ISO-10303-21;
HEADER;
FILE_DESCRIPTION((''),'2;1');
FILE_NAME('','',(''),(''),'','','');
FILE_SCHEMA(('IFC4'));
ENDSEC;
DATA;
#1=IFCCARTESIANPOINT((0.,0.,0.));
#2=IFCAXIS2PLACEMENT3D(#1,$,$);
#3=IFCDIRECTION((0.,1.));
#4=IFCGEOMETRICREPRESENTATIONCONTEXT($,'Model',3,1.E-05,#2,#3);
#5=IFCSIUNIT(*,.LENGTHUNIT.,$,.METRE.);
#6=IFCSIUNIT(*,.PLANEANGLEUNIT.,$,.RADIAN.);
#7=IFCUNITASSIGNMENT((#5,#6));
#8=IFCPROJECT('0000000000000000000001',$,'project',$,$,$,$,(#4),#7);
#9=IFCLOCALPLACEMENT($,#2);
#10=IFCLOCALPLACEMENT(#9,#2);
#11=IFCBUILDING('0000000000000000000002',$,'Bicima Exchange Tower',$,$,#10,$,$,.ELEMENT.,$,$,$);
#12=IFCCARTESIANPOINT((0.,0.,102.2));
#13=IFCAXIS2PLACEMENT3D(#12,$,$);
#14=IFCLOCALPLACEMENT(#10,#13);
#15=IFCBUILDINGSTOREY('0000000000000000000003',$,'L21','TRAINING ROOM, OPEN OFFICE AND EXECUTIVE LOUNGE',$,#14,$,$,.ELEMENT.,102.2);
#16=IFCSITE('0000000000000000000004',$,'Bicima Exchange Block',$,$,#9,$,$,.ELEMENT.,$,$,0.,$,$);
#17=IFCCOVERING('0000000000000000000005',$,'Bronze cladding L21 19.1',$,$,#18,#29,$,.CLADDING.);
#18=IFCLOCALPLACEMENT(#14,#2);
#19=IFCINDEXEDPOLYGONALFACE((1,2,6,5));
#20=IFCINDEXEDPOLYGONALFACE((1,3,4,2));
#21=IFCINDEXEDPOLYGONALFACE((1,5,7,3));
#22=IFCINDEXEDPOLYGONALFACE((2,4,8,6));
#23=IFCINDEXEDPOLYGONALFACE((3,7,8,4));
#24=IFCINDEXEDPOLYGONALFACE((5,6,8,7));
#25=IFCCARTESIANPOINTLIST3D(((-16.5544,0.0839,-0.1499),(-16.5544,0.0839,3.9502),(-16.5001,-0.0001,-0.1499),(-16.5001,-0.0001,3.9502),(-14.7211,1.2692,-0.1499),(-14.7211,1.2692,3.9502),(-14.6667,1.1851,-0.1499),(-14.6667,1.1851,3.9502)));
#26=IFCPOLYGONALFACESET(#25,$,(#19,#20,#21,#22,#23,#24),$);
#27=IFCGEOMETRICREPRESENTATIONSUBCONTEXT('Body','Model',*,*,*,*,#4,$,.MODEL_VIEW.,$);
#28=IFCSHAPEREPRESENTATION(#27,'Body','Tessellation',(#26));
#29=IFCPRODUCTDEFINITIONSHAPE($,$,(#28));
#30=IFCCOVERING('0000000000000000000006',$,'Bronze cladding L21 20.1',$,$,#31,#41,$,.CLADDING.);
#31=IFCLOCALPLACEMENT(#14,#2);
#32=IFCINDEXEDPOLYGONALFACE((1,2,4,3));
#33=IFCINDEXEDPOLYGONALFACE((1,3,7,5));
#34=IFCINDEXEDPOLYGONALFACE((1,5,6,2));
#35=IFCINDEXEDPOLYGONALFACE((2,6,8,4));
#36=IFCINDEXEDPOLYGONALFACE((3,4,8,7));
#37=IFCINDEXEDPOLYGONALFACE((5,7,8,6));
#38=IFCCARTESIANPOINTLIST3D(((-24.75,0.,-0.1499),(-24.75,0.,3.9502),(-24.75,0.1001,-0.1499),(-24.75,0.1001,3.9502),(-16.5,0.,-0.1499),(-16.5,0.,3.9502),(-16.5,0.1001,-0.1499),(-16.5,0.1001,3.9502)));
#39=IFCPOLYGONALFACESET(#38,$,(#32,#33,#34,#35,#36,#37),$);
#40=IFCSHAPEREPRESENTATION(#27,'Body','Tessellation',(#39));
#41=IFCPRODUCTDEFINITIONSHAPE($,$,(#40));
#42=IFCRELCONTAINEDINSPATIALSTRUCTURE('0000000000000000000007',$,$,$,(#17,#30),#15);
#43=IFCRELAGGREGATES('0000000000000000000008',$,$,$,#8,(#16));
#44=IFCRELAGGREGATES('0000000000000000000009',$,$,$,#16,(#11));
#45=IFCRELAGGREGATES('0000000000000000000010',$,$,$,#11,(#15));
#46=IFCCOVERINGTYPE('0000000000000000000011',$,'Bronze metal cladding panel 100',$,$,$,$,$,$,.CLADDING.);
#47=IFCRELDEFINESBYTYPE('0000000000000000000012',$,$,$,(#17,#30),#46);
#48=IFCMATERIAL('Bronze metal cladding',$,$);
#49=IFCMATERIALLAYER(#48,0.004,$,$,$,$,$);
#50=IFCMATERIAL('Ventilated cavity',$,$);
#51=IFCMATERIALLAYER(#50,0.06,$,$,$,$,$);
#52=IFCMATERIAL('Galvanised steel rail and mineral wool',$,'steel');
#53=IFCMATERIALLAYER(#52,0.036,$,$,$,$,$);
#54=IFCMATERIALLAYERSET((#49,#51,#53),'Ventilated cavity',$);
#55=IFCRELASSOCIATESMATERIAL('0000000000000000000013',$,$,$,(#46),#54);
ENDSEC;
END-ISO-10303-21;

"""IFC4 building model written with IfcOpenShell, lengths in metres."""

from ifc_helpers import new_model, si_unit, direction, frame, origin, origin_2d, place, context, subcontext, project, spatial, rectangle, extrude, material, layer, layer_set, type_object, element, save


model = new_model("IFC4")

# Units and contexts
model_context = context("Model", 3, precision=1e-05, world=origin(), true_north=direction((0.0, 1.0)))
body_context = subcontext(model_context, "Body", "Model", "MODEL_VIEW")
ifc_project = project(units=[si_unit("LENGTHUNIT", "METRE"), si_unit("PLANEANGLEUNIT", "RADIAN")], contexts=[model_context])

# Site, building, storey
site_placement = place(None, origin())
site = spatial("IfcSite", under=ifc_project, at=site_placement, Name="Bicima Exchange Block", CompositionType="ELEMENT", RefElevation=0.0)
building_placement = place(site_placement, origin())
building = spatial("IfcBuilding", under=site, at=building_placement, Name="Bicima Exchange Tower", CompositionType="ELEMENT")
storey_placement = place(building_placement, frame((0.0, 0.0, 102.2)))
storey = spatial("IfcBuildingStorey", under=building, at=storey_placement, Name="L21", Description="TRAINING ROOM, OPEN OFFICE AND EXECUTIVE LOUNGE", CompositionType="ELEMENT", Elevation=102.2)

# Coverings
ifc_material_1 = material(Name="Bronze metal cladding")
ifc_layer_1 = layer(ifc_material_1, 0.004)
ifc_material_2 = material(Name="Ventilated cavity")
ifc_layer_2 = layer(ifc_material_2, 0.06)
ifc_material_3 = material(Name="Galvanised steel rail and mineral wool", Category="steel")
ifc_layer_3 = layer(ifc_material_3, 0.036)
ifc_layer_set_1 = layer_set([ifc_layer_1, ifc_layer_2, ifc_layer_3], Name="Ventilated cavity")
covering_type = type_object("IfcCoveringType", Name="Bronze metal cladding panel 100", PredefinedType="CLADDING", material=ifc_layer_set_1)
covering_1_placement = place(storey_placement, frame((-15.6106, 0.6345, -0.1499), z_axis=(0.0, 0.0, 1.0), x_axis=(-0.83979, -0.542911, 0.0)))
element("IfcCovering", 1, at=covering_1_placement, inside=storey, type_object=covering_type, Name="Bronze cladding L21 19.1", PredefinedType="CLADDING", context=body_context, shape_type="SweptSolid", body=[
    extrude(rectangle(XDim=2.1831, YDim=0.1001, at=origin_2d()), origin(), (0.0, 0.0, 1.0), 4.1001),
])
covering_2_placement = place(storey_placement, frame((-20.625, 0.05, -0.1499), z_axis=(0.0, 0.0, 1.0), x_axis=(-1.0, 0.0, 0.0)))
element("IfcCovering", 2, at=covering_2_placement, inside=storey, type_object=covering_type, Name="Bronze cladding L21 20.1", PredefinedType="CLADDING", context=body_context, shape_type="SweptSolid", body=[
    extrude(rectangle(XDim=8.25, YDim=0.1001, at=origin_2d()), origin(), (0.0, 0.0, 1.0), 4.1001),
])

save(model, "model.ifc")
